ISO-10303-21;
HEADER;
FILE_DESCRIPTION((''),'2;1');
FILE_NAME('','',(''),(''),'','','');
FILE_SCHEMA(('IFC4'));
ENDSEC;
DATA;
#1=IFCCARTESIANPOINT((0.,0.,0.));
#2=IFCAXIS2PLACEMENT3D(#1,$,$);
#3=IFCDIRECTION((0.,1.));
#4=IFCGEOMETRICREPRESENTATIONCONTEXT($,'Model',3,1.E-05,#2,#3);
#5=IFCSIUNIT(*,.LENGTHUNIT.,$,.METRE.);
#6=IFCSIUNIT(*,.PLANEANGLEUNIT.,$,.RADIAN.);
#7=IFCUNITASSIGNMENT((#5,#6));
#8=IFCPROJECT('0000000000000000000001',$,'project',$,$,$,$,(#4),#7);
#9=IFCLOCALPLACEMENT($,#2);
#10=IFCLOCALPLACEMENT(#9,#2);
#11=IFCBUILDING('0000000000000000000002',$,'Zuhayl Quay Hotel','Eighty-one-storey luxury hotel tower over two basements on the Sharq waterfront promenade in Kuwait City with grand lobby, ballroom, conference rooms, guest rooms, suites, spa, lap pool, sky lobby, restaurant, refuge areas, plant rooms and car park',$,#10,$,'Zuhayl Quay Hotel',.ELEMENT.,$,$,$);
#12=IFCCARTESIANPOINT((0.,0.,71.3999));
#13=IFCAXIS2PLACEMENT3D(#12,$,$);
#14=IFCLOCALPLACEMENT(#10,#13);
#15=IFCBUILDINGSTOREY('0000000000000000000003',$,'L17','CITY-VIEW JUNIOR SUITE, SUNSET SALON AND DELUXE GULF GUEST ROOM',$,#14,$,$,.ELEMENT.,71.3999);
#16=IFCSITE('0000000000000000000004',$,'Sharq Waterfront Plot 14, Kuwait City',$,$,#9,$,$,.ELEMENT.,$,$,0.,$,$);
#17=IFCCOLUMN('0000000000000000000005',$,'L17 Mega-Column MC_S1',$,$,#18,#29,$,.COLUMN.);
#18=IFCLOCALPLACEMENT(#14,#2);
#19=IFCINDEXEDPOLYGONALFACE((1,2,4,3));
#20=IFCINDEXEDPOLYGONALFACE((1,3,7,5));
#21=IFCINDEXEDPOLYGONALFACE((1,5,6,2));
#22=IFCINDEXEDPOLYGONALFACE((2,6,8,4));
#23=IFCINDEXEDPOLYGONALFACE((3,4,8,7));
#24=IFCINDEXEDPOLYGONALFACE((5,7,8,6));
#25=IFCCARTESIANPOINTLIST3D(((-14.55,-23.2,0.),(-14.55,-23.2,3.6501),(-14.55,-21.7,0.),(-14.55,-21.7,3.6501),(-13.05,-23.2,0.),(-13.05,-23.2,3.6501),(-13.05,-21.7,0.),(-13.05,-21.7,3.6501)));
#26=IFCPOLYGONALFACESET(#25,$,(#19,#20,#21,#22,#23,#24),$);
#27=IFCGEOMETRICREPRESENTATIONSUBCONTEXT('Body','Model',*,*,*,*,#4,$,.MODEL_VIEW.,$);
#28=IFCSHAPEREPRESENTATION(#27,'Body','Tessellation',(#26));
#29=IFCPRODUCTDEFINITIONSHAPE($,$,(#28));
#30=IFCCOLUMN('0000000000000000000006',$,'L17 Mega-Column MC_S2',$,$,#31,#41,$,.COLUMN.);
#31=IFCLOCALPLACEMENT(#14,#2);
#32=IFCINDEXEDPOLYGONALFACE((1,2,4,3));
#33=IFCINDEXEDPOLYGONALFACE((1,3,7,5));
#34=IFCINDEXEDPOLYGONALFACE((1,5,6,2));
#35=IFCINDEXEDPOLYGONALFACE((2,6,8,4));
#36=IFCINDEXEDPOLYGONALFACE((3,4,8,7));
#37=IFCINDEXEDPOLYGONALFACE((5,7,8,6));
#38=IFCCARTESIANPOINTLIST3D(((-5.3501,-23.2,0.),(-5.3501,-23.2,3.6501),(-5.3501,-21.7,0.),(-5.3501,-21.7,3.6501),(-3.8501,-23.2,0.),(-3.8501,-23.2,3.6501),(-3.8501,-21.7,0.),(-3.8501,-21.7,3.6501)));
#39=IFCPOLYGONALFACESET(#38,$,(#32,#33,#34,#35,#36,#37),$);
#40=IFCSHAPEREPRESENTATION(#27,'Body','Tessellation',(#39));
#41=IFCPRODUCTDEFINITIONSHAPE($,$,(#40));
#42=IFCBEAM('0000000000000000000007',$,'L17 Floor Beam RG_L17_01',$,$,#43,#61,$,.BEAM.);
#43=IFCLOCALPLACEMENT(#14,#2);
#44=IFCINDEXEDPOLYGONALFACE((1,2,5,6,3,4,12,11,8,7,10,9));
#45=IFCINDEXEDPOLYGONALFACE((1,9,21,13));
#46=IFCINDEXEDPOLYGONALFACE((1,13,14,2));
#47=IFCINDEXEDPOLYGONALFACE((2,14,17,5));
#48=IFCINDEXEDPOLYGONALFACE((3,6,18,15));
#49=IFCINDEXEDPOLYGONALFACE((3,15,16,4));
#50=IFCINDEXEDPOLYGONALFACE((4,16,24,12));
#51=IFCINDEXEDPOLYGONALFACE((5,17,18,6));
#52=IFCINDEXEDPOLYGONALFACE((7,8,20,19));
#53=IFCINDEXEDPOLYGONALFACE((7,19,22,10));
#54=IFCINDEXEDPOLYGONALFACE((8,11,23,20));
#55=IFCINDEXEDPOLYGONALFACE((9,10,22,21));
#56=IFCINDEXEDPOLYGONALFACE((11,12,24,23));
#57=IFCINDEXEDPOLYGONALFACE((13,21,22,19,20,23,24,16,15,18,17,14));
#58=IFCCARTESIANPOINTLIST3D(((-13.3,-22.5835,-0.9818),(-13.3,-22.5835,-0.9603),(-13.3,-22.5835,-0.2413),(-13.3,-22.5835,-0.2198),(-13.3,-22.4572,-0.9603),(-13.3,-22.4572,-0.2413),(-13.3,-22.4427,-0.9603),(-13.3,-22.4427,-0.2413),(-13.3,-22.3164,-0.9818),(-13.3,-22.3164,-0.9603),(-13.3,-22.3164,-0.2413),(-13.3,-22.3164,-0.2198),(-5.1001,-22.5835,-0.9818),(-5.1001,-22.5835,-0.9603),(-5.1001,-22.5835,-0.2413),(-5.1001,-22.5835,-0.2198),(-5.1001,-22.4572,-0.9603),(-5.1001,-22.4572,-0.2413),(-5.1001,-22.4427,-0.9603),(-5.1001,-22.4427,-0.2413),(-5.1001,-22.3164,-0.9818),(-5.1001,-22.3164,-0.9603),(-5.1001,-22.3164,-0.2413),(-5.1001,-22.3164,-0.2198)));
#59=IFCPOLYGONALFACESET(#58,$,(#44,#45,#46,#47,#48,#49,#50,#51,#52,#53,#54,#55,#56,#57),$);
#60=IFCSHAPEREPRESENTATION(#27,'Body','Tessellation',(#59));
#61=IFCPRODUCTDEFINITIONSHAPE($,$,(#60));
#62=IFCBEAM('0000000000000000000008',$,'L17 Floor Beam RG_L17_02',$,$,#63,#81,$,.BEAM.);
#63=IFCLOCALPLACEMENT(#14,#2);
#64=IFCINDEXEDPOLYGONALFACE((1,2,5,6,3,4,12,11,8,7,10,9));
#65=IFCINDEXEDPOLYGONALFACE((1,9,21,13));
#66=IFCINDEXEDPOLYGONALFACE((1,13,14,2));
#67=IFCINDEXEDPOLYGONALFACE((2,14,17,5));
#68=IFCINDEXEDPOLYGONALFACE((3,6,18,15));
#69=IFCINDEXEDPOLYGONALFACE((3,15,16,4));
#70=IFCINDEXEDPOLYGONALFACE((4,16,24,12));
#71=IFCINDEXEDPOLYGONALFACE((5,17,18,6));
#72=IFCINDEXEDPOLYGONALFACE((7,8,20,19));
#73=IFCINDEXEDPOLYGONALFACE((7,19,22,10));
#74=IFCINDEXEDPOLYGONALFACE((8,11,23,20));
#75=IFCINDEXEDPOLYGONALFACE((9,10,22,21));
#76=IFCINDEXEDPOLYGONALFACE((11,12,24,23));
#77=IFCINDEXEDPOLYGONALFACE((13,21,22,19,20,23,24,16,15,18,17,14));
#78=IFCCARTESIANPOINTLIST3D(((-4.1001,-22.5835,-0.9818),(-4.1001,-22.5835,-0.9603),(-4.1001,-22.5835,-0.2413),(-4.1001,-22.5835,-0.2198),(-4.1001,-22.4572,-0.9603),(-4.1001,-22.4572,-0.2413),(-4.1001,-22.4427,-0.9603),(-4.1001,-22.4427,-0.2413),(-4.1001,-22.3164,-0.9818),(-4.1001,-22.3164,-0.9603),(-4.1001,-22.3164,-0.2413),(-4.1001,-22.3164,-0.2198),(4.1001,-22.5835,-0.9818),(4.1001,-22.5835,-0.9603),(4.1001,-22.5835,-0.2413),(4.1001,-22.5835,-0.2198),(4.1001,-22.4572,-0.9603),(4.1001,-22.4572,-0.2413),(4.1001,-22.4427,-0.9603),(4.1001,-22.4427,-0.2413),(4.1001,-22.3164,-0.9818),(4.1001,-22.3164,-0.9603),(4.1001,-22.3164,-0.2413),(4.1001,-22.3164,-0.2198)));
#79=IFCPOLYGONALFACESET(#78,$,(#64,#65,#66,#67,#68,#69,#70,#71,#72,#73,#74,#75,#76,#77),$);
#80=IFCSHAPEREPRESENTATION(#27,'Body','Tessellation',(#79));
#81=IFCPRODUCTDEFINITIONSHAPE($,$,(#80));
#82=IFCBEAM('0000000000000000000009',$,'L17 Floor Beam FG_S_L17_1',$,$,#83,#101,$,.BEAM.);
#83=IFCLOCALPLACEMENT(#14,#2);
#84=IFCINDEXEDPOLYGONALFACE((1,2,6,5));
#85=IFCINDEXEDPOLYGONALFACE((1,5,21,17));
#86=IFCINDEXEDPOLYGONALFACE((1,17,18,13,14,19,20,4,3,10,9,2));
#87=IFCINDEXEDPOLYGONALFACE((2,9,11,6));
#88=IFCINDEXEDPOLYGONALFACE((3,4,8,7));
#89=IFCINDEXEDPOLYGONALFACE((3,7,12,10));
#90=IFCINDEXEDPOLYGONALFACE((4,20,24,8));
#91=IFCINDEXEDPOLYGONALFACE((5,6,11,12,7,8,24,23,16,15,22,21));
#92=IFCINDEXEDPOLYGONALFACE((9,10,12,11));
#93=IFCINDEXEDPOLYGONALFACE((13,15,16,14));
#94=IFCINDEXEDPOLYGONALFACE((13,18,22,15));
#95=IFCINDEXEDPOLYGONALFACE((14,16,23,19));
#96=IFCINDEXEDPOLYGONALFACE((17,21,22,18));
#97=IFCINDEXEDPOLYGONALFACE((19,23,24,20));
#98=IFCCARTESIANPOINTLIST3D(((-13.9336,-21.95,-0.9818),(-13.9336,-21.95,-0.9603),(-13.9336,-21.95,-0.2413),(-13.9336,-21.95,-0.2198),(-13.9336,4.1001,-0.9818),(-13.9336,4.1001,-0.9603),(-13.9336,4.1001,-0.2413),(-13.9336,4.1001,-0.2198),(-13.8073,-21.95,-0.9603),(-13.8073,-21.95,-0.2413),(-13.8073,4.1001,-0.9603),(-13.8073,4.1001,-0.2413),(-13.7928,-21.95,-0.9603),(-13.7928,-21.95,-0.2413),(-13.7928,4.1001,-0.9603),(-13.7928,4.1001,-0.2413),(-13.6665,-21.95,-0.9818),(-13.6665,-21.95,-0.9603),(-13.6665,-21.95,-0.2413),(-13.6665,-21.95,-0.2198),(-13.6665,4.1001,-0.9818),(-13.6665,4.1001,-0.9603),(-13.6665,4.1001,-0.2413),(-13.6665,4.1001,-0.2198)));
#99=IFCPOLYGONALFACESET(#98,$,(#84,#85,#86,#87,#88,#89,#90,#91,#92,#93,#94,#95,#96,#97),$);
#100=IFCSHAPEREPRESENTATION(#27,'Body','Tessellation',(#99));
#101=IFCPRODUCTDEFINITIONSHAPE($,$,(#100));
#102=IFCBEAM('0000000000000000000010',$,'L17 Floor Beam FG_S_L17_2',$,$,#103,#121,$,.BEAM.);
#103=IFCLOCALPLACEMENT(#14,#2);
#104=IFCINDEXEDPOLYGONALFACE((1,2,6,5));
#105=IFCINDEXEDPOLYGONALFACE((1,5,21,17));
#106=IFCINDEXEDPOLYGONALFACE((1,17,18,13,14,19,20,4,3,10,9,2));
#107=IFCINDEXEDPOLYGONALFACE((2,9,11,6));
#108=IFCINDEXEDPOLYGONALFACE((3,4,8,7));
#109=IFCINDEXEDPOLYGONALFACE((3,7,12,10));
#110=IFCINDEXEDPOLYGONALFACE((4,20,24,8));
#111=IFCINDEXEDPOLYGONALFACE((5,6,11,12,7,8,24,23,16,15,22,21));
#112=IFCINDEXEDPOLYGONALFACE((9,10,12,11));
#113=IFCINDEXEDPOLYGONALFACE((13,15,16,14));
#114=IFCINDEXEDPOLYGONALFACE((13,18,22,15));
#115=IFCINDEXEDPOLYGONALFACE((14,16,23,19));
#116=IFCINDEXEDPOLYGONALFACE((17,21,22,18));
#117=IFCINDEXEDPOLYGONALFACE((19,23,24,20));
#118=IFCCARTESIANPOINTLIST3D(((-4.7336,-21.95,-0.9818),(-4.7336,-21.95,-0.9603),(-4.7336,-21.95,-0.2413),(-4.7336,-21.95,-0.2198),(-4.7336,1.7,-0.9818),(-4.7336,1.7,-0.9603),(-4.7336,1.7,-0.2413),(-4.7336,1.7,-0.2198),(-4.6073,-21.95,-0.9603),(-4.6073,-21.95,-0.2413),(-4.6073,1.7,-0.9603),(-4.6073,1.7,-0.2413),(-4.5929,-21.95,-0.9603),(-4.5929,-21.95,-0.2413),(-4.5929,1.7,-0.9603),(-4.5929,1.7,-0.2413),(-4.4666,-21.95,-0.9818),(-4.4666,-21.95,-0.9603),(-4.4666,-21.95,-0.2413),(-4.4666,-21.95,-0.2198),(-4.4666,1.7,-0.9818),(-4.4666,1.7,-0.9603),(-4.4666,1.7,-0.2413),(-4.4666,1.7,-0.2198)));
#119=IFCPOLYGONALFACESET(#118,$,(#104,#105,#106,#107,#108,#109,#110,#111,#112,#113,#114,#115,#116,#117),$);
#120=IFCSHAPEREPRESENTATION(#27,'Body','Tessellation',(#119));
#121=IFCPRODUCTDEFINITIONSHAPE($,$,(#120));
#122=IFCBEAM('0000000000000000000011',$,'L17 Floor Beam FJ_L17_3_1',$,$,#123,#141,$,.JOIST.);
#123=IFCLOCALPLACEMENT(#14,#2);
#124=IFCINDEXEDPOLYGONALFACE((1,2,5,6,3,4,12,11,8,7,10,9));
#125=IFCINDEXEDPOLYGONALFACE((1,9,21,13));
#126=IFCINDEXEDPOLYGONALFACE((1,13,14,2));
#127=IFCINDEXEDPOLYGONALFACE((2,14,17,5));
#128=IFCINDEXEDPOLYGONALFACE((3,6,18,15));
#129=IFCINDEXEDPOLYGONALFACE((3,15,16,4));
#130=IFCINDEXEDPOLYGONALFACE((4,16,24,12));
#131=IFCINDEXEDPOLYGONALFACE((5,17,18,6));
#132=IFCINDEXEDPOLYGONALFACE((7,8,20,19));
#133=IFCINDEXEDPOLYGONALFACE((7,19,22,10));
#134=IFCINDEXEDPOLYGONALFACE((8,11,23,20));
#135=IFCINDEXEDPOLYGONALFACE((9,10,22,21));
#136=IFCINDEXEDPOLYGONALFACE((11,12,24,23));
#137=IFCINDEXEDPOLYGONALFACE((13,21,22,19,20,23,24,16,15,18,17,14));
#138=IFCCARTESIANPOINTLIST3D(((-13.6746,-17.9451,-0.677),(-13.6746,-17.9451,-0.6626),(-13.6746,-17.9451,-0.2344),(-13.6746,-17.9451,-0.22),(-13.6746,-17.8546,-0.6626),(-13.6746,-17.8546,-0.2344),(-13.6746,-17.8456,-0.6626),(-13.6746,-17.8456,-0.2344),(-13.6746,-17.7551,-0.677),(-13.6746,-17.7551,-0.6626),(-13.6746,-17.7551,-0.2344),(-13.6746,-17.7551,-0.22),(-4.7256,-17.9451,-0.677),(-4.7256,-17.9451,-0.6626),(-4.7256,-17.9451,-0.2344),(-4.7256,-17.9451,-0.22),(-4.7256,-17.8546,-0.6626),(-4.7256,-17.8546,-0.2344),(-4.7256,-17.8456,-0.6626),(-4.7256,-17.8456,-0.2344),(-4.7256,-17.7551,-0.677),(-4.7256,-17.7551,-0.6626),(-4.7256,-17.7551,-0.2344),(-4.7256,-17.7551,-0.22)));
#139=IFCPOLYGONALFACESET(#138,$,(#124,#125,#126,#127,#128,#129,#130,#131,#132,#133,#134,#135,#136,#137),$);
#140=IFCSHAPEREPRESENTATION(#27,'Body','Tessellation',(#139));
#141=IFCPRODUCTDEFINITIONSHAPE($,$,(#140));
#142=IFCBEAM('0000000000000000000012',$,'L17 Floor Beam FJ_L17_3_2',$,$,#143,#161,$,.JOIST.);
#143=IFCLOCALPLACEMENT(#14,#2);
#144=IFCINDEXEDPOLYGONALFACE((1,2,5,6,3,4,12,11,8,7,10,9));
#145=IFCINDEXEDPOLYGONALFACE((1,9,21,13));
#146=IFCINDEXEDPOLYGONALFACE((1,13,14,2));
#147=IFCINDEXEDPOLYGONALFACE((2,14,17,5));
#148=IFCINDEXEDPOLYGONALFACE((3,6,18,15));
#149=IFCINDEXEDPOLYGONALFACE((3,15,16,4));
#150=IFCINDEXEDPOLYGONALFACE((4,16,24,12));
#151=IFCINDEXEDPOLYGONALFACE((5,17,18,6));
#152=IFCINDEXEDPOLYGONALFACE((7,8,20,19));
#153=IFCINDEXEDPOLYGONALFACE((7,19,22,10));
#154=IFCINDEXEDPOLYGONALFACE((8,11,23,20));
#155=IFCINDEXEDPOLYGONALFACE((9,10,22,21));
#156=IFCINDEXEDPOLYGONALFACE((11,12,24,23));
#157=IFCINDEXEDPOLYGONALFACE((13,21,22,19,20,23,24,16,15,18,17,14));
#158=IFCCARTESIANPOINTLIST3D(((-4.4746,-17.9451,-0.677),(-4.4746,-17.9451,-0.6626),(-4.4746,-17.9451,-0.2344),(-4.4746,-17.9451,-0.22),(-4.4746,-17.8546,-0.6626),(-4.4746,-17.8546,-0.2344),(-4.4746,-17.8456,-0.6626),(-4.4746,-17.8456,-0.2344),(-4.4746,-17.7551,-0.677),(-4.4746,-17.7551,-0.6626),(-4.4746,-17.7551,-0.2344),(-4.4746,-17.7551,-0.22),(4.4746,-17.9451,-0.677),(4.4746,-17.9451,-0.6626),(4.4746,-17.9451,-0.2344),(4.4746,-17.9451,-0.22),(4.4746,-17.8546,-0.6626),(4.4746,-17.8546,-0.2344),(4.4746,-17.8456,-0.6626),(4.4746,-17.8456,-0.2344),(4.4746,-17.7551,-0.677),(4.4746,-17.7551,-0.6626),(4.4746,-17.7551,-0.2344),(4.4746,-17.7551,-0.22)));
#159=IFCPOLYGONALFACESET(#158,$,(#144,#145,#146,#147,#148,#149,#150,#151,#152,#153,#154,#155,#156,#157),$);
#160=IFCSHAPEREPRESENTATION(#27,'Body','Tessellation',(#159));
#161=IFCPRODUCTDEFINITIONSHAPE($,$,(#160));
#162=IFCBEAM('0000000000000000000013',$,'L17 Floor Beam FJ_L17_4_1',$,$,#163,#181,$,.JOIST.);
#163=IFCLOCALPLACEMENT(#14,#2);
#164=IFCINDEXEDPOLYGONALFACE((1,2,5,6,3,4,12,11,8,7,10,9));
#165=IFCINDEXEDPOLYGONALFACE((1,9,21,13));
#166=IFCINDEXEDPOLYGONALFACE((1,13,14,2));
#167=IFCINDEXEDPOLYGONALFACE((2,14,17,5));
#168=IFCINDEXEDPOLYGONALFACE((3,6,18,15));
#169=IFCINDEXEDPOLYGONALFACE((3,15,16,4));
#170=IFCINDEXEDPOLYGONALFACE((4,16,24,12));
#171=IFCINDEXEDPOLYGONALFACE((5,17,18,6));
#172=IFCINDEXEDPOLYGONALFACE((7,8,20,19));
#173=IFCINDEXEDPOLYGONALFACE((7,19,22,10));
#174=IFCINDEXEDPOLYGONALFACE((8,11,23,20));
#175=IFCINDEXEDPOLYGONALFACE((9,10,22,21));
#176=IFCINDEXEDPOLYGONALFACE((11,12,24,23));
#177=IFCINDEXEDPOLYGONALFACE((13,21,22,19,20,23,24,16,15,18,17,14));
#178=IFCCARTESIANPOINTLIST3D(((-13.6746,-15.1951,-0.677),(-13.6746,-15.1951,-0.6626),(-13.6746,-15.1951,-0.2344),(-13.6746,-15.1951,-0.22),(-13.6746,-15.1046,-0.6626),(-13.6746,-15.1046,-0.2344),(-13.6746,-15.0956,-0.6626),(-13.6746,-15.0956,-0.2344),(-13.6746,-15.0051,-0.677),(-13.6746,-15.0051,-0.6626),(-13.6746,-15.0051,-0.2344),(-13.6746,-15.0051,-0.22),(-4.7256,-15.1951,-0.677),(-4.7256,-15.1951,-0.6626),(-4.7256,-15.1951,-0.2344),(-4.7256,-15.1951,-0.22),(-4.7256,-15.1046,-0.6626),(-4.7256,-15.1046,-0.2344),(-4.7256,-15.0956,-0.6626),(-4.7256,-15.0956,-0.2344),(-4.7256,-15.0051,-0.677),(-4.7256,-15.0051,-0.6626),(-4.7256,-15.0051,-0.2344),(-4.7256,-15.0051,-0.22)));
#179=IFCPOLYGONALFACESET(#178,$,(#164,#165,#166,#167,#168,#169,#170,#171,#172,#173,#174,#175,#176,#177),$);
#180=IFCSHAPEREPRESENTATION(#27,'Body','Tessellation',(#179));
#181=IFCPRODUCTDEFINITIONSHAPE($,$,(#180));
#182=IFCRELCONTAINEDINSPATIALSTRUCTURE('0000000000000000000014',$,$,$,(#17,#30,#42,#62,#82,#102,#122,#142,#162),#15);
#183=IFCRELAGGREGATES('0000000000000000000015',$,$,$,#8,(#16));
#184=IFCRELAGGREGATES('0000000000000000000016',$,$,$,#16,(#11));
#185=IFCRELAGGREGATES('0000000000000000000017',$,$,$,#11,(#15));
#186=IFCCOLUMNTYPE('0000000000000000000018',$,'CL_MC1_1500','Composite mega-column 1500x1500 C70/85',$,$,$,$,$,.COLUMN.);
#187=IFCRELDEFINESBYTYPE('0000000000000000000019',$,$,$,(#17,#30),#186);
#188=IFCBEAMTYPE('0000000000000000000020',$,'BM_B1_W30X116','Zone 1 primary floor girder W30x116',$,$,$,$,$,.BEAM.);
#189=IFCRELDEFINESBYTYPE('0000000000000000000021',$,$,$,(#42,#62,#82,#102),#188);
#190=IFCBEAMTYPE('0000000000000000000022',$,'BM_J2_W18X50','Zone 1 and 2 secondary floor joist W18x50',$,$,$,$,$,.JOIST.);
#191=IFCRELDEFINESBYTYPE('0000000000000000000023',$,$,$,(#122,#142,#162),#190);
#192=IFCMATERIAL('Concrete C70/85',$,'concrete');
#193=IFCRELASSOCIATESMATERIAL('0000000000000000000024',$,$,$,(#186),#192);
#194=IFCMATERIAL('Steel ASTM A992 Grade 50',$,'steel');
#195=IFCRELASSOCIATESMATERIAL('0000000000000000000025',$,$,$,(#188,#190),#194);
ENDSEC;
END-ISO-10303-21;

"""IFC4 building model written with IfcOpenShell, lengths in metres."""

from ifc_helpers import new_model, si_unit, direction, frame, origin, origin_2d, place, context, subcontext, project, spatial, rectangle, i_section, extrude, material, material_profile, profile_set, type_object, element, save


model = new_model("IFC4")

# Units and contexts
model_context = context("Model", 3, precision=1e-05, world=origin(), true_north=direction((0.0, 1.0)))
body_context = subcontext(model_context, "Body", "Model", "MODEL_VIEW")
ifc_project = project(units=[si_unit("LENGTHUNIT", "METRE"), si_unit("PLANEANGLEUNIT", "RADIAN")], contexts=[model_context])

# Site, building, storey
site_placement = place(None, origin())
site = spatial("IfcSite", under=ifc_project, at=site_placement, Name="Sharq Waterfront Plot 14, Kuwait City", CompositionType="ELEMENT", RefElevation=0.0)
building_placement = place(site_placement, origin())
building = spatial("IfcBuilding", under=site, at=building_placement, Name="Zuhayl Quay Hotel", Description="Eighty-one-storey luxury hotel tower over two basements on the Sharq waterfront promenade in Kuwait City with grand lobby, ballroom, conference rooms, guest rooms, suites, spa, lap pool, sky lobby, restaurant, refuge areas, plant rooms and car park", LongName="Zuhayl Quay Hotel", CompositionType="ELEMENT")
storey_placement = place(building_placement, frame((0.0, 0.0, 71.3999)))
storey = spatial("IfcBuildingStorey", under=building, at=storey_placement, Name="L17", Description="CITY-VIEW JUNIOR SUITE, SUNSET SALON AND DELUXE GULF GUEST ROOM", CompositionType="ELEMENT", Elevation=71.3999)

# Columns
ifc_material_1 = material(Name="Concrete C70/85", Category="concrete")
ifc_material_profile_1 = material_profile(ifc_material_1, rectangle(XDim=1.5, YDim=1.5, at=origin_2d()), Name="RC1500X1500")
ifc_profile_set_1 = profile_set([ifc_material_profile_1], Name="Concrete C70/85")
column_type = type_object("IfcColumnType", Name="CL_MC1_1500", Description="Composite mega-column 1500x1500 C70/85", PredefinedType="COLUMN", material=ifc_profile_set_1)
for number, where, z_axis, x_axis, name in (
    (1, (-13.8, -22.45, 0.0), (0.0, 0.0, 1.0), (1.0, 0.0, 0.0), "L17 Mega-Column MC_S1"),
    (2, (-4.6001, -22.45, 0.0), (0.0, 0.0, 1.0), (1.0, 0.0, 0.0), "L17 Mega-Column MC_S2"),
):
    element("IfcColumn", number, at=place(storey_placement, frame(where, z_axis=z_axis, x_axis=x_axis)), inside=storey, type_object=column_type, Name=name, PredefinedType="COLUMN", context=body_context, shape_type="SweptSolid", body=[
        extrude(rectangle(XDim=1.5, YDim=1.5, at=origin_2d()), origin(), (0.0, 0.0, 1.0), 3.6501),
    ])

# Beams
ifc_material_2 = material(Name="Steel ASTM A992 Grade 50", Category="steel")
ifc_material_profile_2 = material_profile(ifc_material_2, i_section(OverallWidth=0.2671, OverallDepth=0.762, WebThickness=0.0144, FlangeThickness=0.0215, at=origin_2d()), Name="W30X116")
ifc_profile_set_2 = profile_set([ifc_material_profile_2], Name="Steel ASTM A992 Grade 50")
beam_type_1 = type_object("IfcBeamType", Name="BM_B1_W30X116", Description="Zone 1 primary floor girder W30x116", PredefinedType="BEAM", material=ifc_profile_set_2)
beam_1_placement = place(storey_placement, frame((-13.3, -22.45, -0.6008), z_axis=(1.0, 0.0, 0.0), x_axis=(0.0, 1.0, 0.0)))
element("IfcBeam", 3, at=beam_1_placement, inside=storey, type_object=beam_type_1, Name="L17 Floor Beam RG_L17_01", PredefinedType="BEAM", context=body_context, shape_type="SweptSolid", body=[
    extrude(i_section(OverallWidth=0.2671, OverallDepth=0.762, WebThickness=0.0144, FlangeThickness=0.0215, at=origin_2d()), origin(), (0.0, 0.0, 1.0), 8.2),
])
beam_2_placement = place(storey_placement, frame((-4.1001, -22.45, -0.6008), z_axis=(1.0, 0.0, 0.0), x_axis=(0.0, 1.0, 0.0)))
element("IfcBeam", 4, at=beam_2_placement, inside=storey, type_object=beam_type_1, Name="L17 Floor Beam RG_L17_02", PredefinedType="BEAM", context=body_context, shape_type="SweptSolid", body=[
    extrude(i_section(OverallWidth=0.2671, OverallDepth=0.762, WebThickness=0.0144, FlangeThickness=0.0215, at=origin_2d()), origin(), (0.0, 0.0, 1.0), 8.2002),
])
beam_3_placement = place(storey_placement, frame((-13.8, -21.95, -0.6008), z_axis=(0.0, 1.0, 0.0), x_axis=(-1.0, 0.0, 0.0)))
element("IfcBeam", 5, at=beam_3_placement, inside=storey, type_object=beam_type_1, Name="L17 Floor Beam FG_S_L17_1", PredefinedType="BEAM", context=body_context, shape_type="SweptSolid", body=[
    extrude(i_section(OverallWidth=0.2671, OverallDepth=0.762, WebThickness=0.0144, FlangeThickness=0.0215, at=origin_2d()), origin(), (0.0, 0.0, 1.0), 26.05),
])
beam_4_placement = place(storey_placement, frame((-4.6001, -21.95, -0.6008), z_axis=(0.0, 1.0, 0.0), x_axis=(-1.0, 0.0, 0.0)))
element("IfcBeam", 6, at=beam_4_placement, inside=storey, type_object=beam_type_1, Name="L17 Floor Beam FG_S_L17_2", PredefinedType="BEAM", context=body_context, shape_type="SweptSolid", body=[
    extrude(i_section(OverallWidth=0.2671, OverallDepth=0.762, WebThickness=0.0144, FlangeThickness=0.0215, at=origin_2d()), origin(), (0.0, 0.0, 1.0), 23.6499),
])
ifc_material_profile_3 = material_profile(ifc_material_2, i_section(OverallWidth=0.1899, OverallDepth=0.457, WebThickness=0.009, FlangeThickness=0.0144, at=origin_2d()), Name="W18X50")
ifc_profile_set_3 = profile_set([ifc_material_profile_3], Name="Steel ASTM A992 Grade 50")
beam_type_2 = type_object("IfcBeamType", Name="BM_J2_W18X50", Description="Zone 1 and 2 secondary floor joist W18x50", PredefinedType="JOIST", material=ifc_profile_set_3)
beam_5_placement = place(storey_placement, frame((-13.6746, -17.8501, -0.4485), z_axis=(1.0, 0.0, 0.0), x_axis=(0.0, 1.0, 0.0)))
element("IfcBeam", 7, at=beam_5_placement, inside=storey, type_object=beam_type_2, Name="L17 Floor Beam FJ_L17_3_1", PredefinedType="JOIST", context=body_context, shape_type="SweptSolid", body=[
    extrude(i_section(OverallWidth=0.1899, OverallDepth=0.457, WebThickness=0.009, FlangeThickness=0.0144, at=origin_2d()), origin(), (0.0, 0.0, 1.0), 8.949),
])
beam_6_placement = place(storey_placement, frame((-4.4746, -17.8501, -0.4485), z_axis=(1.0, 0.0, 0.0), x_axis=(0.0, 1.0, 0.0)))
element("IfcBeam", 8, at=beam_6_placement, inside=storey, type_object=beam_type_2, Name="L17 Floor Beam FJ_L17_3_2", PredefinedType="JOIST", context=body_context, shape_type="SweptSolid", body=[
    extrude(i_section(OverallWidth=0.1899, OverallDepth=0.457, WebThickness=0.009, FlangeThickness=0.0144, at=origin_2d()), origin(), (0.0, 0.0, 1.0), 8.9492),
])
beam_7_placement = place(storey_placement, frame((-13.6746, -15.1001, -0.4485), z_axis=(1.0, 0.0, 0.0), x_axis=(0.0, 1.0, 0.0)))
element("IfcBeam", 9, at=beam_7_placement, inside=storey, type_object=beam_type_2, Name="L17 Floor Beam FJ_L17_4_1", PredefinedType="JOIST", context=body_context, shape_type="SweptSolid", body=[
    extrude(i_section(OverallWidth=0.1899, OverallDepth=0.457, WebThickness=0.009, FlangeThickness=0.0144, at=origin_2d()), origin(), (0.0, 0.0, 1.0), 8.949),
])

save(model, "model.ifc")
